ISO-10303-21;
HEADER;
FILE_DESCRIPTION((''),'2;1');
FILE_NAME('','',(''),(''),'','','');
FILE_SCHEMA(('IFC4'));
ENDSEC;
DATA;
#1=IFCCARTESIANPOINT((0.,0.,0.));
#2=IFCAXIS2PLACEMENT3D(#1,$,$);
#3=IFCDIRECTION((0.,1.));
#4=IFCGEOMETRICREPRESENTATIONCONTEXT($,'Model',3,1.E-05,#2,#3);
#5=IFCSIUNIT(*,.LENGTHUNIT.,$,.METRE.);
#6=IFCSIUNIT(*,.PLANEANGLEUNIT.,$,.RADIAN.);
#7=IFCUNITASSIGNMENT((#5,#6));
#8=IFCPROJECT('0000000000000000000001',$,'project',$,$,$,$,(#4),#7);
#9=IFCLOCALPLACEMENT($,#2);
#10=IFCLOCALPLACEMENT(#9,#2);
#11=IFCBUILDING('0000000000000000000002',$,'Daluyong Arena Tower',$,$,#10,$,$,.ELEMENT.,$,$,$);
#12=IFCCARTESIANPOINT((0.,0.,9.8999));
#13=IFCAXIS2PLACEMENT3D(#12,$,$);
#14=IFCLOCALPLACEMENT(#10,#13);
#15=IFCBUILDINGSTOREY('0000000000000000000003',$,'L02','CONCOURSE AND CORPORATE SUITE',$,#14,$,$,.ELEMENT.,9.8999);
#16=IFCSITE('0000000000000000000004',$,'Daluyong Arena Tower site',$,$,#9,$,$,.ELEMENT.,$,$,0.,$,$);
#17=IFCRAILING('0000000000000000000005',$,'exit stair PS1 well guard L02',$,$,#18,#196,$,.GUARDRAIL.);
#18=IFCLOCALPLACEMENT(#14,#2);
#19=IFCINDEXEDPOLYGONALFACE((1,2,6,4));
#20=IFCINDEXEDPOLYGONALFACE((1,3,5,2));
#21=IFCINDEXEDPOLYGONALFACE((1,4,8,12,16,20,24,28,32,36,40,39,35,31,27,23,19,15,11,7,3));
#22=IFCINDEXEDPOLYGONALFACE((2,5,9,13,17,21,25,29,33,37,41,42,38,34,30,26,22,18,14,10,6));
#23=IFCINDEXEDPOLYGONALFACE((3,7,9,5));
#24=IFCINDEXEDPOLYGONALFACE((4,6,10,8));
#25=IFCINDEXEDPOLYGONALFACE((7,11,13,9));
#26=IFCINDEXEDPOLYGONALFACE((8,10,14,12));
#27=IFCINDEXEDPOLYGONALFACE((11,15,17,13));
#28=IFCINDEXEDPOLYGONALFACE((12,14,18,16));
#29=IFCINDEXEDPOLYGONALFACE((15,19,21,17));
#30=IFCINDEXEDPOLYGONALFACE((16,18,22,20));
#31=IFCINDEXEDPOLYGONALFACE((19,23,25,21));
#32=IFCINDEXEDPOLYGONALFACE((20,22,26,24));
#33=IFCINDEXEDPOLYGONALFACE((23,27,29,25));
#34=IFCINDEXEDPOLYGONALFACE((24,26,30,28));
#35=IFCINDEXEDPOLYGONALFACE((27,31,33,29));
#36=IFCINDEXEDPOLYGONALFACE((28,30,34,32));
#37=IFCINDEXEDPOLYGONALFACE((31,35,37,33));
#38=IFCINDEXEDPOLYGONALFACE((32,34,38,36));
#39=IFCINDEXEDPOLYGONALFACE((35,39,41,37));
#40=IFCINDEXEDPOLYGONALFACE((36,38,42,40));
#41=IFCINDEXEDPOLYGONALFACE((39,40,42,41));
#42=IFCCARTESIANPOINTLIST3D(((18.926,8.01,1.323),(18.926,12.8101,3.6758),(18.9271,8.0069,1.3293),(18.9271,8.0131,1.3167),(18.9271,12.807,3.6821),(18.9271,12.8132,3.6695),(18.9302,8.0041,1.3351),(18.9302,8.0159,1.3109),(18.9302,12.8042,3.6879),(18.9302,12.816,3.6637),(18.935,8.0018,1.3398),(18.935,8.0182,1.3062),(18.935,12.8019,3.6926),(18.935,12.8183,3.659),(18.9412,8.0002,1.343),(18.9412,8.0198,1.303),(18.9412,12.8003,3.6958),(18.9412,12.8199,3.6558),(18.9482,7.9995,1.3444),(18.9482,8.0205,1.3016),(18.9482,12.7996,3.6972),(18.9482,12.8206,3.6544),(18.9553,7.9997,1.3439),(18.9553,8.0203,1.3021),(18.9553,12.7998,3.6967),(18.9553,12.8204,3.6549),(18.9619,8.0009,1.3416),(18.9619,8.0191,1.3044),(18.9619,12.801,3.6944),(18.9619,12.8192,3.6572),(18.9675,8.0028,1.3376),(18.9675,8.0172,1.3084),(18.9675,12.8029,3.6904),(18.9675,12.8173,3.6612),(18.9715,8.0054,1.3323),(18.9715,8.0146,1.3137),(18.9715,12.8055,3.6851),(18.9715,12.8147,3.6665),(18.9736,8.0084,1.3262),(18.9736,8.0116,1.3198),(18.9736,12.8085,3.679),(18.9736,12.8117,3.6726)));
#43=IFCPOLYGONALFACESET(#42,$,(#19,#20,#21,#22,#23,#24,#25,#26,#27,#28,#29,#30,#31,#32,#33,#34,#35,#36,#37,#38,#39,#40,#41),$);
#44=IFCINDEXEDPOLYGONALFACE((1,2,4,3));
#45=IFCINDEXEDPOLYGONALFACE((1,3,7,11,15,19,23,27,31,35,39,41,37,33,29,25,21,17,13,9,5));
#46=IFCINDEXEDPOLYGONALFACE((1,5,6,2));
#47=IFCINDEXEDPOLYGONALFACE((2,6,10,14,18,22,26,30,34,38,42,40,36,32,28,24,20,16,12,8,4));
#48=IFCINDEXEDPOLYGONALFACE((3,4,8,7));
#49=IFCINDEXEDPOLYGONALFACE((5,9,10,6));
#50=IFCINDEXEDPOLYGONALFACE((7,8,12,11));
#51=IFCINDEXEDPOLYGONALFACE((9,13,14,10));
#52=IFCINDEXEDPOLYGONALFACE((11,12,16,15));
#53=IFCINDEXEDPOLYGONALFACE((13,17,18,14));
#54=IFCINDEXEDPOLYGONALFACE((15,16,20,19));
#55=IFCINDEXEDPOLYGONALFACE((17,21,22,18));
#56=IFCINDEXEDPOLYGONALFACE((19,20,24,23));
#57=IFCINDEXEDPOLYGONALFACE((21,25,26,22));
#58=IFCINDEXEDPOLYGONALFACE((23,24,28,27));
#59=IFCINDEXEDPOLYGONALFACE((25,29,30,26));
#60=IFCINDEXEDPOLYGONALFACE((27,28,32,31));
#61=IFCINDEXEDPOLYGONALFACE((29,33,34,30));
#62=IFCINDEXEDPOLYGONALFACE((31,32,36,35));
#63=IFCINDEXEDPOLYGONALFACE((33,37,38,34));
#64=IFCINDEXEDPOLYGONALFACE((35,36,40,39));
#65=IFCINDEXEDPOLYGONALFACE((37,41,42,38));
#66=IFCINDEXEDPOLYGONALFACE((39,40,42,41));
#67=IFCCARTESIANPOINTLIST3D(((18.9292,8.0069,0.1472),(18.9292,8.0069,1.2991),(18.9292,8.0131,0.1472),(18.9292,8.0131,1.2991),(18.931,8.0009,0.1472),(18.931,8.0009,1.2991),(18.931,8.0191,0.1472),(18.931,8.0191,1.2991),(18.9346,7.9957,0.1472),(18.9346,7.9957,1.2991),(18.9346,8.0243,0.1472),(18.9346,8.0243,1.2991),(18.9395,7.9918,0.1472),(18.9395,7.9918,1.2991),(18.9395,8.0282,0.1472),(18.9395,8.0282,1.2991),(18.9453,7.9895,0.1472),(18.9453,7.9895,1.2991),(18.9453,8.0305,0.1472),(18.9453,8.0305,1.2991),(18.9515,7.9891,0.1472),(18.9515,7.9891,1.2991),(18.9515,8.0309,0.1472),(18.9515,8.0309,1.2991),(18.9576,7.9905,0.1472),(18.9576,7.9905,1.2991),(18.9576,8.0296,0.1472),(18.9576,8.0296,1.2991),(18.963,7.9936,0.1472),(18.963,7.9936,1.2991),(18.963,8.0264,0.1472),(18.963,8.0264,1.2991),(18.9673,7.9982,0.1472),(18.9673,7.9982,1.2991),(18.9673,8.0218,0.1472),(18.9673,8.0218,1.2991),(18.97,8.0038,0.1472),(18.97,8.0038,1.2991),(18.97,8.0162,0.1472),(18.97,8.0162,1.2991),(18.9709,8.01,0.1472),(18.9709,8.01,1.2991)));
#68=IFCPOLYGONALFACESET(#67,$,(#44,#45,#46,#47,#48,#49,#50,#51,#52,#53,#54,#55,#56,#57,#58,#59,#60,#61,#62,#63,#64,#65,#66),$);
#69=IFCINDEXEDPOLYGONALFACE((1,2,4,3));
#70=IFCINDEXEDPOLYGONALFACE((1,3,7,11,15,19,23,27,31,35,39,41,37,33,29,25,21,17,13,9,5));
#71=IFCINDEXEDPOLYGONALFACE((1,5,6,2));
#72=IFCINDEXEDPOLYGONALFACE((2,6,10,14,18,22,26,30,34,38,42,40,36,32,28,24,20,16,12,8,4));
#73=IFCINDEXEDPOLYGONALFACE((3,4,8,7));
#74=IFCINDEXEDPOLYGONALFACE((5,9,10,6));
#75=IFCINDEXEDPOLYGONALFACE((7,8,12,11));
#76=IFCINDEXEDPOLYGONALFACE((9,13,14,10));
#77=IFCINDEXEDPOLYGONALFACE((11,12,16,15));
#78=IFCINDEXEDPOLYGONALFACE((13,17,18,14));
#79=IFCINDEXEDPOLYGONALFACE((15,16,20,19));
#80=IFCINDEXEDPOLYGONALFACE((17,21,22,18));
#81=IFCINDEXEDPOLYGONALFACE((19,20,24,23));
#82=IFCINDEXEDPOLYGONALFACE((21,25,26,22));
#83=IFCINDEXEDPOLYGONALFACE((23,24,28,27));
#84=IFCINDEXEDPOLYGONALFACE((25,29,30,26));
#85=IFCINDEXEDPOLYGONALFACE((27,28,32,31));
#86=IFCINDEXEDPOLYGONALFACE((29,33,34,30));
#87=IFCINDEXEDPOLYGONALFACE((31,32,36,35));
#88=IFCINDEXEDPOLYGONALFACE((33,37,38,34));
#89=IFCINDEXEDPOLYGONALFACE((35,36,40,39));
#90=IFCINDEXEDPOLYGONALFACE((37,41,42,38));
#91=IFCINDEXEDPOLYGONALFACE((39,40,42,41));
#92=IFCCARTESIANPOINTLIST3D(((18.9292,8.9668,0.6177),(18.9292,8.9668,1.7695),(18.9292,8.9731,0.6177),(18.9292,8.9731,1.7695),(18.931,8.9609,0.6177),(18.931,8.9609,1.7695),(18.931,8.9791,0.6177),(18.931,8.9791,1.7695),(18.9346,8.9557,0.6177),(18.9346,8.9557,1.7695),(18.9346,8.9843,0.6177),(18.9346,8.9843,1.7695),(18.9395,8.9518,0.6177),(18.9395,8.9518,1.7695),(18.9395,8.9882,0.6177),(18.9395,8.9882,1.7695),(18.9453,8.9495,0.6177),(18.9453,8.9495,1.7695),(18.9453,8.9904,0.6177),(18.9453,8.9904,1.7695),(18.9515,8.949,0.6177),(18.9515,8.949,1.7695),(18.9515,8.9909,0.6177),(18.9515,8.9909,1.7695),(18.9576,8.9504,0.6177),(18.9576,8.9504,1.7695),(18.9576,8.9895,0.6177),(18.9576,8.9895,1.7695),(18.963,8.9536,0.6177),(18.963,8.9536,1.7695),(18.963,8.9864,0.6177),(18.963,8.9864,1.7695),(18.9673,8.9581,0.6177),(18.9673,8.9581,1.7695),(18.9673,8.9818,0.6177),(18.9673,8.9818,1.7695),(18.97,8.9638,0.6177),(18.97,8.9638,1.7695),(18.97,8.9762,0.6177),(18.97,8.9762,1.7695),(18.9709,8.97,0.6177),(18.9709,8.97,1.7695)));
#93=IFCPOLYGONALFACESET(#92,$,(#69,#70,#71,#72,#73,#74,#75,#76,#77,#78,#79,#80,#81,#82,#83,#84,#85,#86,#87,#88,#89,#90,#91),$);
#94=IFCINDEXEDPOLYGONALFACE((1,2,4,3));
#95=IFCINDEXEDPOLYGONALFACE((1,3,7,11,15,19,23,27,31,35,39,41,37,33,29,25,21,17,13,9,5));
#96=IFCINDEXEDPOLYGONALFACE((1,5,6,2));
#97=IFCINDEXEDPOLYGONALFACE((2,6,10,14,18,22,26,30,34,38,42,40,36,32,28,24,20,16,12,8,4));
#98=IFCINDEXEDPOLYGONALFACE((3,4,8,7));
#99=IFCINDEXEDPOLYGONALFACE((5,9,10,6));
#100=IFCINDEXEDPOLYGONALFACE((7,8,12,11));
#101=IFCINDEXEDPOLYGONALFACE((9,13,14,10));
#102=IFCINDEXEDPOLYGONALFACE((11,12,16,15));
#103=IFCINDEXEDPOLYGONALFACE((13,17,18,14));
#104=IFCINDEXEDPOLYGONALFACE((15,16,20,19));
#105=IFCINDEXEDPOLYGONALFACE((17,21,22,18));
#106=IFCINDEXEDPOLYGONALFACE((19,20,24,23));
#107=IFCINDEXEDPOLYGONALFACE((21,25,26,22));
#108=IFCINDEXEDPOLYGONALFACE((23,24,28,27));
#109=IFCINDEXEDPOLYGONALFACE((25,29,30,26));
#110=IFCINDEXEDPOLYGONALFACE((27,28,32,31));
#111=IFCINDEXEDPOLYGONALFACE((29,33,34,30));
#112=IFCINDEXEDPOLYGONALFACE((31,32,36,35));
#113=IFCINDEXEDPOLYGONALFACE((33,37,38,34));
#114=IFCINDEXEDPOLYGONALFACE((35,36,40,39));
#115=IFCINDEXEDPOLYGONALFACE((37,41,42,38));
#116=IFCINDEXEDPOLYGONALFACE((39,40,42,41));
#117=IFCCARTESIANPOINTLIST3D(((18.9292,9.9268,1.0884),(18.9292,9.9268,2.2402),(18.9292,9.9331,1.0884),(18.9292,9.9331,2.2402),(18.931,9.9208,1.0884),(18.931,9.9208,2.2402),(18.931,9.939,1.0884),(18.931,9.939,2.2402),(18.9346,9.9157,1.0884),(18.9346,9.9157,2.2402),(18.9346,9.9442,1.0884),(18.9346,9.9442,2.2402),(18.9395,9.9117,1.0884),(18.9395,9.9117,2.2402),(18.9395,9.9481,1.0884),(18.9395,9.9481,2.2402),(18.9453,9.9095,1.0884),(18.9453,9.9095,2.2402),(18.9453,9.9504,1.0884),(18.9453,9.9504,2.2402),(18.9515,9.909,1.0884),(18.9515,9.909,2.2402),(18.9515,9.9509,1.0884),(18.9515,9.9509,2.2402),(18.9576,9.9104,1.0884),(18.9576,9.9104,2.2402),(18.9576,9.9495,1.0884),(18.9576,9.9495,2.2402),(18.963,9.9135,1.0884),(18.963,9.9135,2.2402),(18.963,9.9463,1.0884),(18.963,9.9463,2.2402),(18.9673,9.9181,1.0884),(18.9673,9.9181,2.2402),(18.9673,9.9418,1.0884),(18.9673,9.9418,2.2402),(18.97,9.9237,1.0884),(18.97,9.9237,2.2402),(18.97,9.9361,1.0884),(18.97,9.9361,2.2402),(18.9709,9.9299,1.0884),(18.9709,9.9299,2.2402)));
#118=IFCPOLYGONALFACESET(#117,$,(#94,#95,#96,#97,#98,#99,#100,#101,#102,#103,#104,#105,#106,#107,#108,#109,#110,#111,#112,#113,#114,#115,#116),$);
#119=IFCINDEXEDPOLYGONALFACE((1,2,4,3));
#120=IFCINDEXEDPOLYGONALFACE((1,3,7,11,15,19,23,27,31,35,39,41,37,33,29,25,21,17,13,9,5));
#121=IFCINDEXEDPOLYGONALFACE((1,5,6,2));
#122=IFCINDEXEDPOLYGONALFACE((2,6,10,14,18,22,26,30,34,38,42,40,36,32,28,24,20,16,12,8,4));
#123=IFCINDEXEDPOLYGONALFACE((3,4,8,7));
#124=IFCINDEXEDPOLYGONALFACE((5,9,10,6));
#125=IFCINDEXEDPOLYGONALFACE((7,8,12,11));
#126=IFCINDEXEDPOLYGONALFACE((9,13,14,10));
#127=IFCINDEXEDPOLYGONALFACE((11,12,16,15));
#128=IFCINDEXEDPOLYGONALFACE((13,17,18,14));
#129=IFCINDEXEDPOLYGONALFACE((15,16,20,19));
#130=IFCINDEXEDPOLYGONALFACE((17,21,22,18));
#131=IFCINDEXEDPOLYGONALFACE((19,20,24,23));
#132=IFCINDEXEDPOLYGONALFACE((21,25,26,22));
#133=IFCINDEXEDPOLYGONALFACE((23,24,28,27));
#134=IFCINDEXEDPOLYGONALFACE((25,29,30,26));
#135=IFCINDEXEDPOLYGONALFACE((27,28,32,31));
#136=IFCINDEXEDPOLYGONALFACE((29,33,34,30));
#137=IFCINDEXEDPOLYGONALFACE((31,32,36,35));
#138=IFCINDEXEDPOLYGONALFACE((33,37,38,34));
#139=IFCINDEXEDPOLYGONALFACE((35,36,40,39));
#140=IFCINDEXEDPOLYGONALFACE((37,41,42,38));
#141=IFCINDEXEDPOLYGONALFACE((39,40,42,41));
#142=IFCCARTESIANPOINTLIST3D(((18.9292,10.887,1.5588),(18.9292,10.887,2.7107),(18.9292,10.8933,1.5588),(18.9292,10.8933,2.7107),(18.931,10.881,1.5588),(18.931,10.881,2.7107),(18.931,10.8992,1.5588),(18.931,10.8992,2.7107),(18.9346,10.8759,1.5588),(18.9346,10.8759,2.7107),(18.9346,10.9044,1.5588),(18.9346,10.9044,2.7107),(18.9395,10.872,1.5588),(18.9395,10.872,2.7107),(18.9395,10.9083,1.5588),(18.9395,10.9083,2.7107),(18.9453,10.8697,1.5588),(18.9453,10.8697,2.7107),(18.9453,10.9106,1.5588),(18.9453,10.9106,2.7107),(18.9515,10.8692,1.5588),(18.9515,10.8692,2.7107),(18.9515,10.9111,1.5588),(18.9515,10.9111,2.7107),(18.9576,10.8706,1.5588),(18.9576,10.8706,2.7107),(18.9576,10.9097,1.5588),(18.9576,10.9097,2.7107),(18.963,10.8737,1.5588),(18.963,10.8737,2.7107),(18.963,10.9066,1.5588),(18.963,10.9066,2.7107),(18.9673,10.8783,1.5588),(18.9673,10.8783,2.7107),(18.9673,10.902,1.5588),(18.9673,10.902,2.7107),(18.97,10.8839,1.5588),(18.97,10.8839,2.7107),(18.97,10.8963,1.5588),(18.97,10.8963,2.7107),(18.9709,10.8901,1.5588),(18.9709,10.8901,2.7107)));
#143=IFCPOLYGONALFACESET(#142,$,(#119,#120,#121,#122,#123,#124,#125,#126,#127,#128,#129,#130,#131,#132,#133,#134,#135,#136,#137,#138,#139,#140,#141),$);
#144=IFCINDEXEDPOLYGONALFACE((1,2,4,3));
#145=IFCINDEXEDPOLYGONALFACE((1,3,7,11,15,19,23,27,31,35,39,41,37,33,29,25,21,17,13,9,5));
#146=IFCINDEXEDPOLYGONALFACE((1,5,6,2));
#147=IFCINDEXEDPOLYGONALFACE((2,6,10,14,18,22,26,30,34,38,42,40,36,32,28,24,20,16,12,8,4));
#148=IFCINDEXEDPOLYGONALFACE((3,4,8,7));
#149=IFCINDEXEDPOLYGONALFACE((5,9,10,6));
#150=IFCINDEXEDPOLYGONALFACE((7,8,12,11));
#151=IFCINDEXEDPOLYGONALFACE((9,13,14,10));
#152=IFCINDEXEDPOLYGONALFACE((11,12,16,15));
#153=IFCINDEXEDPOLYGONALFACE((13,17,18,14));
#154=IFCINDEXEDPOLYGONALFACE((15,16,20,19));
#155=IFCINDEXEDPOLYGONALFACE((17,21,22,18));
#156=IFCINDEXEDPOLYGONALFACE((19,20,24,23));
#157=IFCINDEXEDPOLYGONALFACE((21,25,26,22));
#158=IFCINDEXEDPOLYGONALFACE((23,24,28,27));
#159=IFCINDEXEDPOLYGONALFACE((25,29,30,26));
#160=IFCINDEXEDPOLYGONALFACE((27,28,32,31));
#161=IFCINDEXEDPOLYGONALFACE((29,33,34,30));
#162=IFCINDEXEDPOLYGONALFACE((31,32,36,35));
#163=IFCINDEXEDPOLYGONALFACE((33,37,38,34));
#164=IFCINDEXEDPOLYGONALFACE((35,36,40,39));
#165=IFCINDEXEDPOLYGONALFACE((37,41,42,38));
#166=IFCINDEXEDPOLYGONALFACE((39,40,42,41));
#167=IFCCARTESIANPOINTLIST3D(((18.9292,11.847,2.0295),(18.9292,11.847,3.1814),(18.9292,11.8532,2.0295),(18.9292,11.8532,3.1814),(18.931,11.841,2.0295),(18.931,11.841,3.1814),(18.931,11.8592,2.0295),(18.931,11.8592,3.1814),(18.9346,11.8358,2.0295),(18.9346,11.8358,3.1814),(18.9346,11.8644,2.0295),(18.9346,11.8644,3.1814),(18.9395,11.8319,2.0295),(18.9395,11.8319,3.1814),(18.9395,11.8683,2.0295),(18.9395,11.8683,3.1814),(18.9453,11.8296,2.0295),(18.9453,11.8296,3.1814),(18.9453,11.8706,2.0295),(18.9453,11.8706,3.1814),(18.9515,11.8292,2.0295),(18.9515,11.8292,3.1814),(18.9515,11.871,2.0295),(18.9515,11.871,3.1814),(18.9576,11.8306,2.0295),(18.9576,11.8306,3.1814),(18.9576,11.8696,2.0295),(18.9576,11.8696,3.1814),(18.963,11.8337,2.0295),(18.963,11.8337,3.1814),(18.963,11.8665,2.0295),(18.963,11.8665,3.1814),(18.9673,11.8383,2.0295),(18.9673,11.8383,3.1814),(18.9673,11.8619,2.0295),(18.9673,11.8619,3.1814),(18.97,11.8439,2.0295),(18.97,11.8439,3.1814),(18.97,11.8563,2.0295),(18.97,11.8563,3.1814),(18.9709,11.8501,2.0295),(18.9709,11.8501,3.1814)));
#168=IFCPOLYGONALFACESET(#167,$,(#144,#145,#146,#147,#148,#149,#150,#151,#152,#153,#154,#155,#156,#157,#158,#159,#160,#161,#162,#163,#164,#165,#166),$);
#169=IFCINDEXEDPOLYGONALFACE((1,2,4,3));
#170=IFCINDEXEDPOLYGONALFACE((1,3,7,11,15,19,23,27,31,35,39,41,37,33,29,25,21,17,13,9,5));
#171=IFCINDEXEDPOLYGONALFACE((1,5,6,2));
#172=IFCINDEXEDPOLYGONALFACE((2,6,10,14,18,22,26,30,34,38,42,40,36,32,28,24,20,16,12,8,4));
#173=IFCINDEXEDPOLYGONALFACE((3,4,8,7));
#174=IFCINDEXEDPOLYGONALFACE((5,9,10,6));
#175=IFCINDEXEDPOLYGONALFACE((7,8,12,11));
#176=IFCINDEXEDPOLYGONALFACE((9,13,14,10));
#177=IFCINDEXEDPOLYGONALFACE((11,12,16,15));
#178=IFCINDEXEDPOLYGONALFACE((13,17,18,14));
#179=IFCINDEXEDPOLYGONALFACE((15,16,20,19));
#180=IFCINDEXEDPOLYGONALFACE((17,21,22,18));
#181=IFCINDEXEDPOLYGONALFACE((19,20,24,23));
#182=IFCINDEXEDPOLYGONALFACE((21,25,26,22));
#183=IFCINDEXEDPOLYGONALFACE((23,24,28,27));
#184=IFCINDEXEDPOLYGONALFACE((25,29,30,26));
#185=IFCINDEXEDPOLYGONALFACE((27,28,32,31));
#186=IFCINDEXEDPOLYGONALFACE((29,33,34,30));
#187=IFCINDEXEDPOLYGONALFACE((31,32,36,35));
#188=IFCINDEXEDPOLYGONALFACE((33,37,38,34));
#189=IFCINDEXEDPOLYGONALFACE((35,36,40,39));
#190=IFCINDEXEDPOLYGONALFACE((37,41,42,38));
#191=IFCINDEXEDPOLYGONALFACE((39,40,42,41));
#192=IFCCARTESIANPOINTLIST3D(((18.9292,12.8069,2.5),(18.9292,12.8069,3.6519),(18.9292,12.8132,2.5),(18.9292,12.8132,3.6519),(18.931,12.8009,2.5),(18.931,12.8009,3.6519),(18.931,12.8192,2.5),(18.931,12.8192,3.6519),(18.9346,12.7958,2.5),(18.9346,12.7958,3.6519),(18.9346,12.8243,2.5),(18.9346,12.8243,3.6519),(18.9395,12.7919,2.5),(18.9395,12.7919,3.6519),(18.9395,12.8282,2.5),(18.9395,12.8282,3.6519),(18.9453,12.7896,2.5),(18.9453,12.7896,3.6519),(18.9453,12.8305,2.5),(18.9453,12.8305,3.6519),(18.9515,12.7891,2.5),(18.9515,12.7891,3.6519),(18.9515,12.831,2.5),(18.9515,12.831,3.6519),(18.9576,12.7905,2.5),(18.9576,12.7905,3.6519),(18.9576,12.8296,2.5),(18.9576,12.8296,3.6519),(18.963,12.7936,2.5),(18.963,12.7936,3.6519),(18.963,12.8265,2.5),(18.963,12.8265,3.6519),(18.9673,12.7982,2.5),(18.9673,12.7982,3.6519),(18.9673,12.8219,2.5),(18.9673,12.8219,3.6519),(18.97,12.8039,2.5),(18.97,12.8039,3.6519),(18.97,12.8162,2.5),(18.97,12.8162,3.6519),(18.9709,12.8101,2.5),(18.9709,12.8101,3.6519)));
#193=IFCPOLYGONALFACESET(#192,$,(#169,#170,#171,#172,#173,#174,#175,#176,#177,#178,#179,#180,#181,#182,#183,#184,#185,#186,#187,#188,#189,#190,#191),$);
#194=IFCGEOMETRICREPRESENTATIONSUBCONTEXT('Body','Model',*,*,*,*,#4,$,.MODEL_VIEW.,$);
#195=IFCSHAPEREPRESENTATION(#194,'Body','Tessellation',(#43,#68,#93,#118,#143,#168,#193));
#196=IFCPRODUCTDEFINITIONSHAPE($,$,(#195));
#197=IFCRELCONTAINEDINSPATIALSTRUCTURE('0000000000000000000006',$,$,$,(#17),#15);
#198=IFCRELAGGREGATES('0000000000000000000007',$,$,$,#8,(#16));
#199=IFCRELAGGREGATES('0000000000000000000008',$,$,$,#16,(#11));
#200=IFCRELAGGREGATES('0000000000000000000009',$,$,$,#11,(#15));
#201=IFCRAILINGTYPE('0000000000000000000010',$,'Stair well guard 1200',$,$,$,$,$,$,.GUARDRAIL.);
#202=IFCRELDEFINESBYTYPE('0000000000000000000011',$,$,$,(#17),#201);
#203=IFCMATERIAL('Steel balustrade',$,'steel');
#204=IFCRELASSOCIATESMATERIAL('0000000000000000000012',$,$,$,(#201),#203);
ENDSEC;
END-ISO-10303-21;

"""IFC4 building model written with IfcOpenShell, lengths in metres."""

from ifc_helpers import new_model, si_unit, direction, frame, origin, origin_2d, place, context, subcontext, project, spatial, circle, extrude, material, type_object, element, save


model = new_model("IFC4")

# Units and contexts
model_context = context("Model", 3, precision=1e-05, world=origin(), true_north=direction((0.0, 1.0)))
body_context = subcontext(model_context, "Body", "Model", "MODEL_VIEW")
ifc_project = project(units=[si_unit("LENGTHUNIT", "METRE"), si_unit("PLANEANGLEUNIT", "RADIAN")], contexts=[model_context])

# Site, building, storey
site_placement = place(None, origin())
site = spatial("IfcSite", under=ifc_project, at=site_placement, Name="Daluyong Arena Tower site", CompositionType="ELEMENT", RefElevation=0.0)
building_placement = place(site_placement, origin())
building = spatial("IfcBuilding", under=site, at=building_placement, Name="Daluyong Arena Tower", CompositionType="ELEMENT")
storey_placement = place(building_placement, frame((0.0, 0.0, 9.8999)))
storey = spatial("IfcBuildingStorey", under=building, at=storey_placement, Name="L02", Description="CONCOURSE AND CORPORATE SUITE", CompositionType="ELEMENT", Elevation=9.8999)

# Railing
ifc_material_1 = material(Name="Steel balustrade", Category="steel")
railing_type_1 = type_object("IfcRailingType", Name="Stair well guard 1200", PredefinedType="GUARDRAIL", material=ifc_material_1)
railing_1_placement = place(storey_placement, frame((18.95, 8.01, 0.1472)))
element("IfcRailing", 1, at=railing_1_placement, inside=storey, type_object=railing_type_1, Name="exit stair PS1 well guard L02", PredefinedType="GUARDRAIL", context=body_context, shape_type="SweptSolid", body=[
    extrude(circle(Radius=0.0239, at=origin_2d()), frame((0.0, 0.0, 1.1758), z_axis=(0.0, 0.897934, 0.44013), x_axis=(-1.0, 0.0, 0.0)), (0.0, 0.0, 1.0), 5.3457),
    extrude(circle(Radius=0.021, at=origin_2d()), origin(), (0.0, 0.0, 1.0), 1.1519),
    extrude(circle(Radius=0.021, at=origin_2d()), frame((0.0, 0.96, 0.4705)), (0.0, 0.0, 1.0), 1.1519),
    extrude(circle(Radius=0.021, at=origin_2d()), frame((0.0, 1.9199, 0.9412)), (0.0, 0.0, 1.0), 1.1519),
    extrude(circle(Radius=0.021, at=origin_2d()), frame((0.0, 2.8801, 1.4116)), (0.0, 0.0, 1.0), 1.1519),
    extrude(circle(Radius=0.021, at=origin_2d()), frame((0.0, 3.8401, 1.8823)), (0.0, 0.0, 1.0), 1.1519),
    extrude(circle(Radius=0.021, at=origin_2d()), frame((0.0, 4.8, 2.3528)), (0.0, 0.0, 1.0), 1.1519),
])

save(model, "model.ifc")
